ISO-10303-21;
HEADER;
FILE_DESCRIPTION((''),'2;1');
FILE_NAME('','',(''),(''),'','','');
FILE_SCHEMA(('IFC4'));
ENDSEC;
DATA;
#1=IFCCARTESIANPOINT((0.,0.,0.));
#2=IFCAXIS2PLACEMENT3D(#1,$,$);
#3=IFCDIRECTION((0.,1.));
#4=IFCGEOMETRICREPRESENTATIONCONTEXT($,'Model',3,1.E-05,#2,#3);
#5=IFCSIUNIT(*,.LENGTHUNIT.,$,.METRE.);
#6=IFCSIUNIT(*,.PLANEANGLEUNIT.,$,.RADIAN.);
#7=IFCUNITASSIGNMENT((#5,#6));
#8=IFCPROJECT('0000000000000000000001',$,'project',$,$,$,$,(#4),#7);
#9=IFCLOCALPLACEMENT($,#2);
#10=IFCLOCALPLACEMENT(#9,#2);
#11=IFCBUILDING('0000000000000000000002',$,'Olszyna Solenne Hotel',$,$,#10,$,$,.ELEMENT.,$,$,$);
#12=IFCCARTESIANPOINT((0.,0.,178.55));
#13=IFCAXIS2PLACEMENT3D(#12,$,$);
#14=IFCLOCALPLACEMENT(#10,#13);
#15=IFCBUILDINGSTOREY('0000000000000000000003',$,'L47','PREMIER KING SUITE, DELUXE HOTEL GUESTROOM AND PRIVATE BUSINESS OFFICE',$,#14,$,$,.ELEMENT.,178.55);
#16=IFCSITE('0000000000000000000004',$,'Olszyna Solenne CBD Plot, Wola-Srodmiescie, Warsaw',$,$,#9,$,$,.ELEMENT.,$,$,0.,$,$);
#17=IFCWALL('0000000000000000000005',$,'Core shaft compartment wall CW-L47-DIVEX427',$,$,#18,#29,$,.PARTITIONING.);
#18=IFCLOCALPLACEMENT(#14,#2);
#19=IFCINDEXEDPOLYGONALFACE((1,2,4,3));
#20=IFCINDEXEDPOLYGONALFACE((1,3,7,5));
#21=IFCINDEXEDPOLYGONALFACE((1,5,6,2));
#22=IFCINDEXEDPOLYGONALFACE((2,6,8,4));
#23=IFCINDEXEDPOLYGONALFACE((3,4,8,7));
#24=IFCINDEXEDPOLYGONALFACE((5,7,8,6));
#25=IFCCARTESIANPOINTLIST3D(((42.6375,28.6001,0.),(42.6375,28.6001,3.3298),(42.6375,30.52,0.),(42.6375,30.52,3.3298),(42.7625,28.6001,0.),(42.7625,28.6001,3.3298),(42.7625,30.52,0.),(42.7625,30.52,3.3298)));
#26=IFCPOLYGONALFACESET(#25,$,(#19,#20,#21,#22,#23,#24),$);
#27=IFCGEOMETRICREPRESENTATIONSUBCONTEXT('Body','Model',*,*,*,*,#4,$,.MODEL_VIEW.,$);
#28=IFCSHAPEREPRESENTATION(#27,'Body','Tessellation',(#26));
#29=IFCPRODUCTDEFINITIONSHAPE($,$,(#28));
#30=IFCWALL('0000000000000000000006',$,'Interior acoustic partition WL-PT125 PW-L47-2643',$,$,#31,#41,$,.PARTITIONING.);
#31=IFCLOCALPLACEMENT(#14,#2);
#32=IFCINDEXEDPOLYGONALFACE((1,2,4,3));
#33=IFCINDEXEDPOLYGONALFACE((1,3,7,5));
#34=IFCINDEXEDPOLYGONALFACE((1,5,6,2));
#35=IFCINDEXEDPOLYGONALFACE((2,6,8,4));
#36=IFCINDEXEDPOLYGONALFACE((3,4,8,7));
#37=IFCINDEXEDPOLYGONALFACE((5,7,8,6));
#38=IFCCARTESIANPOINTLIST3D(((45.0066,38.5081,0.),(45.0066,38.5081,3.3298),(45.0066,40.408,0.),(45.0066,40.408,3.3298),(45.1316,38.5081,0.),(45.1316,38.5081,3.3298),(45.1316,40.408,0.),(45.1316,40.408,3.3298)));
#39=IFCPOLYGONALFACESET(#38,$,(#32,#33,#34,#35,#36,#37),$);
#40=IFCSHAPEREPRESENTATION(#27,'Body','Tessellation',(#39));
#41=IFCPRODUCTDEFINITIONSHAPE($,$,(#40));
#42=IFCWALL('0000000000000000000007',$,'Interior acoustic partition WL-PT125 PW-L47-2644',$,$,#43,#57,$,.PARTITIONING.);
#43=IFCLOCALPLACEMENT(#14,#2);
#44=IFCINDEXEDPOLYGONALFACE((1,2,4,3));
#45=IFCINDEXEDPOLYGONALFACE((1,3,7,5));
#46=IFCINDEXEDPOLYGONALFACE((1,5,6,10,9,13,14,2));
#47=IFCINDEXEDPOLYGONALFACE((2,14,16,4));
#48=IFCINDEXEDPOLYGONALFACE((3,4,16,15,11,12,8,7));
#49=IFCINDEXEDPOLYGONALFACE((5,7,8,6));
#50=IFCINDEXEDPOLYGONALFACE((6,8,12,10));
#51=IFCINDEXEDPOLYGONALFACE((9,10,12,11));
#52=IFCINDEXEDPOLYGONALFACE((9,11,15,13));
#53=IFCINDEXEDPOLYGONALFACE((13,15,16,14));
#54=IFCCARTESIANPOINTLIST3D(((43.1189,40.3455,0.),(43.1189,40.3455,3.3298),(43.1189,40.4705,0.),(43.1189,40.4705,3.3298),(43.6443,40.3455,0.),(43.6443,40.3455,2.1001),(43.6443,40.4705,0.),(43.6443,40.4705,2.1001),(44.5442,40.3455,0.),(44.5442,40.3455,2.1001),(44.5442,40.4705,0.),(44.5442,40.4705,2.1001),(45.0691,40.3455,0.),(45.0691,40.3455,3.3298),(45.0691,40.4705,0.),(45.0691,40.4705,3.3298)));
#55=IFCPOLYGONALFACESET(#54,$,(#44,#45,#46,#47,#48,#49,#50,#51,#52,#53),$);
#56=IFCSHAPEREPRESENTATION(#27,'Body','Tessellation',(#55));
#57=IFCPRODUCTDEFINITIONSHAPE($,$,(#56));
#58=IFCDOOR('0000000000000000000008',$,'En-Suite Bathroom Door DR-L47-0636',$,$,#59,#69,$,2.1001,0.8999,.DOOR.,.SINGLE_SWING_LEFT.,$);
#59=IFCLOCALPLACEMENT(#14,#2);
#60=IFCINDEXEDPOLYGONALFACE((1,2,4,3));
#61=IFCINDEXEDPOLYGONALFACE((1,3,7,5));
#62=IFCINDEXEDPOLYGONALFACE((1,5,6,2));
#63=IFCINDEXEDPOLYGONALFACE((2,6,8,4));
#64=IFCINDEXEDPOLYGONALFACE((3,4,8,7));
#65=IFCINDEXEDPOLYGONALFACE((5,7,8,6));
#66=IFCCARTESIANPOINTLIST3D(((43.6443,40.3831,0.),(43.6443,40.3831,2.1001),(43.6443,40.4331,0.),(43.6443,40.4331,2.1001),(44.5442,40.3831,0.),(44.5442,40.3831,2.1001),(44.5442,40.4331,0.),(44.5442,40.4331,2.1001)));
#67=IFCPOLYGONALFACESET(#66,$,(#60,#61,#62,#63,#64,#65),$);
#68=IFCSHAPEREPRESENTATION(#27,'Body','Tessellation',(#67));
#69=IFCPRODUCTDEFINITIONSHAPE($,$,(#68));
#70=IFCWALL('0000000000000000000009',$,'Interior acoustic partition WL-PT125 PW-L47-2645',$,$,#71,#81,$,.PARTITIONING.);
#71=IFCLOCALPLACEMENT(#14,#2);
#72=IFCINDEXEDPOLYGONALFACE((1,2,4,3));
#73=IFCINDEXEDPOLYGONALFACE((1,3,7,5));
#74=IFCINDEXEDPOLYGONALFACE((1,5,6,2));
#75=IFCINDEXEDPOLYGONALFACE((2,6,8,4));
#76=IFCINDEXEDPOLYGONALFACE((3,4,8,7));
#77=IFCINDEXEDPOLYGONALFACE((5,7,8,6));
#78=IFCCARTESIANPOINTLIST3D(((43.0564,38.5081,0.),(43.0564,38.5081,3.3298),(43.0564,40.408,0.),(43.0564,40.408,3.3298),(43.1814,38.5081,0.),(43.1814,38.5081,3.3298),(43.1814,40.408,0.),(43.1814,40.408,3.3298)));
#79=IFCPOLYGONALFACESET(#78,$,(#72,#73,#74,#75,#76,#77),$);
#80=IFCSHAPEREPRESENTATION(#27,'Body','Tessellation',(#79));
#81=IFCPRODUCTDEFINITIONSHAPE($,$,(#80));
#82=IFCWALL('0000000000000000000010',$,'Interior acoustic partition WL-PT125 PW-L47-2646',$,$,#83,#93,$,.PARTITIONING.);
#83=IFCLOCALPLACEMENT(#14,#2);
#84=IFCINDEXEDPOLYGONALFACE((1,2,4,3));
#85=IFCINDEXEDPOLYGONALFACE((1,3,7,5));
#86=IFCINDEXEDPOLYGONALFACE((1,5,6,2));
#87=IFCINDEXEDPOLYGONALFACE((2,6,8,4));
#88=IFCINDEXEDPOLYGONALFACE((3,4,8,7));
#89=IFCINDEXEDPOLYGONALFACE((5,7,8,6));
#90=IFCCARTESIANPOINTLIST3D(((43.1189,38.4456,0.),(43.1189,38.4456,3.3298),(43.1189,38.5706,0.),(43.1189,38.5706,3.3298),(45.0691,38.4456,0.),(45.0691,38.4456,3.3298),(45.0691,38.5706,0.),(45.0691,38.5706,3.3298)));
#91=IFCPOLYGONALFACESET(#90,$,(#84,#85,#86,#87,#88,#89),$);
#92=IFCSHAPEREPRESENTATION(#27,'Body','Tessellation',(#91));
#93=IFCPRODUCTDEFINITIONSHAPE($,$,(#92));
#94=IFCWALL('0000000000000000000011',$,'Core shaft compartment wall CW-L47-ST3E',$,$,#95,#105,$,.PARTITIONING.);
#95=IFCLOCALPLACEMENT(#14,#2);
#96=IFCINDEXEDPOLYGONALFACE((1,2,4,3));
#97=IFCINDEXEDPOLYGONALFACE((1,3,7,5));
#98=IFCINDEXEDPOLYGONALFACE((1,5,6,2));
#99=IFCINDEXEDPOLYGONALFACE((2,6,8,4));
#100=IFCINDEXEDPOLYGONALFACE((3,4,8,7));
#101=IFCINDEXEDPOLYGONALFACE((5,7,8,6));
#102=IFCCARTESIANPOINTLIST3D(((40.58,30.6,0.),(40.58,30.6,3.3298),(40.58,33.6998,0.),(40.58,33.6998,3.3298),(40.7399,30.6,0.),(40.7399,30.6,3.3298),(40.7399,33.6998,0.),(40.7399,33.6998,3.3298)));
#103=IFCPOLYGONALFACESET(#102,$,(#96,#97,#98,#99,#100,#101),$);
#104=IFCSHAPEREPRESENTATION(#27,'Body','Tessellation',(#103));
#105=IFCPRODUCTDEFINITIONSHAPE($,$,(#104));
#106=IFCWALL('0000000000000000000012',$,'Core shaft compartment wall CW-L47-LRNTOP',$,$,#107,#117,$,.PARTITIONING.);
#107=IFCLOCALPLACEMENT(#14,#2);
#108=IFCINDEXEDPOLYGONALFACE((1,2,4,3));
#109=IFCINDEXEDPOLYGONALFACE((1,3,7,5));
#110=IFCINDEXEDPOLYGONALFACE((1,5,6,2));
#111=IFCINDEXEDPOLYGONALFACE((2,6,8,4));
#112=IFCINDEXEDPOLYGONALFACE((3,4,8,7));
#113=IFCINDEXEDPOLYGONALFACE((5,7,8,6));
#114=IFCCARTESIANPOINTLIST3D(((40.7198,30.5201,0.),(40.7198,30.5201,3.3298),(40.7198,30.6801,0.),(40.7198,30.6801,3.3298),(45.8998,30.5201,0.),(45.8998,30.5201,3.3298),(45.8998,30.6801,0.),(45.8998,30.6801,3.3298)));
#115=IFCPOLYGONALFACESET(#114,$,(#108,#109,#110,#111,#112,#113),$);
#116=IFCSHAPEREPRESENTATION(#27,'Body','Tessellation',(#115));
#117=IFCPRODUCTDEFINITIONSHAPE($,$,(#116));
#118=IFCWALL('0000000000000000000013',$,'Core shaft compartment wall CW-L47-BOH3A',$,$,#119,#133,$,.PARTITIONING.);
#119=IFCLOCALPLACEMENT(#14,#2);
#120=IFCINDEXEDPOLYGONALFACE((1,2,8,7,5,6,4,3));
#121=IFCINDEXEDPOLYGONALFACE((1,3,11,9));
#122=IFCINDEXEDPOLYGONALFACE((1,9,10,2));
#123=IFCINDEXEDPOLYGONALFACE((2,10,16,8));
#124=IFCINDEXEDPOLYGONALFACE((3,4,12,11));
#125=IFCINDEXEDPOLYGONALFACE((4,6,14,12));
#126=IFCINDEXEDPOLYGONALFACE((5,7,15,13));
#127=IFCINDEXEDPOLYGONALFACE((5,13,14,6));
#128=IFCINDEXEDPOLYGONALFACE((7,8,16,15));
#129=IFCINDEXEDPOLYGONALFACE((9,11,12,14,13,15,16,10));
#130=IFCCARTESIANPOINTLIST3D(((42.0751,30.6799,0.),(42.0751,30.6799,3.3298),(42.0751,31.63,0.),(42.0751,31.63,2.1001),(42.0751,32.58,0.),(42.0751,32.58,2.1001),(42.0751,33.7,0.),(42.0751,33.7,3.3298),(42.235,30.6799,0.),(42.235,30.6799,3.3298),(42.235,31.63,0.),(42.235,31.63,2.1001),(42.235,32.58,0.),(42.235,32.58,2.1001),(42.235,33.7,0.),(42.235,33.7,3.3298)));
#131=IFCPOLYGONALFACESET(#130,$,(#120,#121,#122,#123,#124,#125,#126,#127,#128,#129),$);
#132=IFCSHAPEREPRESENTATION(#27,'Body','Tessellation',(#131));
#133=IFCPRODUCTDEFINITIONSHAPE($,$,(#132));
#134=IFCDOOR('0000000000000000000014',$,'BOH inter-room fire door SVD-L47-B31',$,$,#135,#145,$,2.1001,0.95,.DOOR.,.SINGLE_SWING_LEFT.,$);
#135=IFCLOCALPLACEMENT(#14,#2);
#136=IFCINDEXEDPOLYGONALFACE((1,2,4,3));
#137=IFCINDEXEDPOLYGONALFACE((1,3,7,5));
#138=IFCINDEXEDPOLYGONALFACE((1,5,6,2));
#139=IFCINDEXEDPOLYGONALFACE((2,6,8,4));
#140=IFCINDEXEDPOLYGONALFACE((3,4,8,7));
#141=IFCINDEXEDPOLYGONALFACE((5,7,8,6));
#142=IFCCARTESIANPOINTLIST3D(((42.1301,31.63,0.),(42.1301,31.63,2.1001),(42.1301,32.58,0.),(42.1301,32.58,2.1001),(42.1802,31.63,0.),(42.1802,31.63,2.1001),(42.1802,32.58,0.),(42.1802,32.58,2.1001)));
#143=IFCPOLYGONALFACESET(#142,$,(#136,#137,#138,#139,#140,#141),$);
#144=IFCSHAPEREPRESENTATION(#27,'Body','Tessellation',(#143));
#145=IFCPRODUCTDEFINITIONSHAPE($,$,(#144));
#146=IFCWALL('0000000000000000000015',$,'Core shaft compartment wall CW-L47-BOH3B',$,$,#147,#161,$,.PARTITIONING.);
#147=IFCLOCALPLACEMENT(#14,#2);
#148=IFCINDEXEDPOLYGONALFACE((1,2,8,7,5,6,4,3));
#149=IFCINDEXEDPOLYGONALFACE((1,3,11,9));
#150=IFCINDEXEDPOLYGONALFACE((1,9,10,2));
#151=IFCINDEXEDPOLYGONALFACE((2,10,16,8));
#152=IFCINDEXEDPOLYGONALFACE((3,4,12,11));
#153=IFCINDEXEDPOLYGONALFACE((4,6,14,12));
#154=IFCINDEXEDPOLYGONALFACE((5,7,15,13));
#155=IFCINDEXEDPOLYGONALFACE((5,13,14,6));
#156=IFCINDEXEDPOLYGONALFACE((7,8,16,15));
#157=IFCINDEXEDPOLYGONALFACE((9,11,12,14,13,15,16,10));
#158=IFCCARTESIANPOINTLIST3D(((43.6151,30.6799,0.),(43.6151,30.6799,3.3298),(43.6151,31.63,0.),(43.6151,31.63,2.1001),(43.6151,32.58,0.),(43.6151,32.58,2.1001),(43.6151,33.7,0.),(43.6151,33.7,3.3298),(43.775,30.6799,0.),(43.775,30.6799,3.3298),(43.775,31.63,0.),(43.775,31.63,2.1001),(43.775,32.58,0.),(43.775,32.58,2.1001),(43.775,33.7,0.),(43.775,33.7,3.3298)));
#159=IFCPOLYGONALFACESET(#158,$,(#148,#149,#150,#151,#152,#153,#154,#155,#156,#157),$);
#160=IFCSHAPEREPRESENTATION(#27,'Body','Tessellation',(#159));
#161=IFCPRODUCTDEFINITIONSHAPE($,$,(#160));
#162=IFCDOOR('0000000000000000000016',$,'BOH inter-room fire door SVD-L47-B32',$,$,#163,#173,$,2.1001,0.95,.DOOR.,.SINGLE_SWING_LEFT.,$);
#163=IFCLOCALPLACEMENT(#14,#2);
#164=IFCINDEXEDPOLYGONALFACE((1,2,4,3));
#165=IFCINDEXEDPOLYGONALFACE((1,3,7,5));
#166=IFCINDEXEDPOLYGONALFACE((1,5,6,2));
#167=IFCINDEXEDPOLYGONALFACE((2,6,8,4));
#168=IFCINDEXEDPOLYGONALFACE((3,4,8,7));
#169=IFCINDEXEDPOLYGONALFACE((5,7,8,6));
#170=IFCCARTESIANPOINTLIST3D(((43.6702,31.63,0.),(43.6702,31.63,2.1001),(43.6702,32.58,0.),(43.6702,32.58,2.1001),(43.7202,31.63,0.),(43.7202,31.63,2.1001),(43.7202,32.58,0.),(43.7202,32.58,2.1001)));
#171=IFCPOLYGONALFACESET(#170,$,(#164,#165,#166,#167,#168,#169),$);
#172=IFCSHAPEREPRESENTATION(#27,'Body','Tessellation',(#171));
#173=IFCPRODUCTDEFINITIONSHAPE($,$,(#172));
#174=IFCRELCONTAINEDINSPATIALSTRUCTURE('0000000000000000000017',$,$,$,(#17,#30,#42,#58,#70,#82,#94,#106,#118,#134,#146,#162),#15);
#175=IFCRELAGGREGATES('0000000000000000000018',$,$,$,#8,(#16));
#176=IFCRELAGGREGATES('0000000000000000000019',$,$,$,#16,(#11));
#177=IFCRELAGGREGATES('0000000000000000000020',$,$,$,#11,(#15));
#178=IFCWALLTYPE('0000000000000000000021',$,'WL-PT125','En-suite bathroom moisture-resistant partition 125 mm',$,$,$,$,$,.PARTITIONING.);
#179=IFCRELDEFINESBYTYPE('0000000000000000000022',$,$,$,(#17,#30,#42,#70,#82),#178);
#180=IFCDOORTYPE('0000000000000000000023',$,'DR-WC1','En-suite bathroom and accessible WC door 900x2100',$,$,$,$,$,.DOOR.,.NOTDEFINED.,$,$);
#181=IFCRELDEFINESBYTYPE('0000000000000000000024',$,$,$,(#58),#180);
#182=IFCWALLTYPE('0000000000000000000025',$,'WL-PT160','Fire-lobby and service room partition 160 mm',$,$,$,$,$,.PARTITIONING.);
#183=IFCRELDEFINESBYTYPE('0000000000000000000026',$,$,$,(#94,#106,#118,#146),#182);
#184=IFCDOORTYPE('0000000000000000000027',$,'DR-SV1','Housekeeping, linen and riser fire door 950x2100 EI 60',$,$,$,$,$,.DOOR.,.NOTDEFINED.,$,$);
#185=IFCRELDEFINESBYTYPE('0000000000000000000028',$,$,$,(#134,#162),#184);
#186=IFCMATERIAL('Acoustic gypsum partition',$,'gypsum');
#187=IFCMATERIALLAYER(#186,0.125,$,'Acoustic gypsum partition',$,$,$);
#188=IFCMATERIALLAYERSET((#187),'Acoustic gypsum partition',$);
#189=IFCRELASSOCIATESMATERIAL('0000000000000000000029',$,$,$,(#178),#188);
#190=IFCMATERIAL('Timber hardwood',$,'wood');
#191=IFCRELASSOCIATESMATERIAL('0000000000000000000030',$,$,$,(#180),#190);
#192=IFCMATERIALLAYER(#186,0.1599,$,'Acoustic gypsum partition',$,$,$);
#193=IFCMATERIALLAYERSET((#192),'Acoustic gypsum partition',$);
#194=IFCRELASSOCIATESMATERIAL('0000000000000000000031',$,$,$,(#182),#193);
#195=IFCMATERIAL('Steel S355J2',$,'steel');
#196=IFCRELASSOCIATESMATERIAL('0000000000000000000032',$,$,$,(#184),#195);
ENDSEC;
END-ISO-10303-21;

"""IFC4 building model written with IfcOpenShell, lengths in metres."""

from ifc_helpers import new_model, si_unit, direction, frame, frame_2d, origin, place, context, subcontext, project, spatial, rectangle, extrude, source, transform, mapped, material, layer, layer_set, type_object, type_shapes, element, fill, save


model = new_model("IFC4")

# Units and contexts
model_context = context("Model", 3, precision=1e-05, world=origin(), true_north=direction((0.0, 1.0)))
body_context = subcontext(model_context, "Body", "Model", "MODEL_VIEW")
ifc_project = project(units=[si_unit("LENGTHUNIT", "METRE"), si_unit("PLANEANGLEUNIT", "RADIAN")], contexts=[model_context])

# Site, building, storey
site_placement = place(None, origin())
site = spatial("IfcSite", under=ifc_project, at=site_placement, Name="Olszyna Solenne CBD Plot, Wola-Srodmiescie, Warsaw", CompositionType="ELEMENT", RefElevation=0.0)
building_placement = place(site_placement, origin())
building = spatial("IfcBuilding", under=site, at=building_placement, Name="Olszyna Solenne Hotel", CompositionType="ELEMENT")
storey_placement = place(building_placement, frame((0.0, 0.0, 178.55)))
storey = spatial("IfcBuildingStorey", under=building, at=storey_placement, Name="L47", Description="PREMIER KING SUITE, DELUXE HOTEL GUESTROOM AND PRIVATE BUSINESS OFFICE", CompositionType="ELEMENT", Elevation=178.55)

# Shared definitions
ifc_material_1 = material(Name="Steel S355J2", Category="steel")

# Walls
ifc_material_2 = material(Name="Acoustic gypsum partition", Category="gypsum")
ifc_layer_1 = layer(ifc_material_2, 0.125, Name="Acoustic gypsum partition")
ifc_layer_set_1 = layer_set([ifc_layer_1], Name="Acoustic gypsum partition")
wall_type_1 = type_object("IfcWallType", Name="WL-PT125", Description="En-suite bathroom moisture-resistant partition 125 mm", PredefinedType="PARTITIONING", material=ifc_layer_set_1)
wall_1_placement = place(storey_placement, frame((42.7, 28.6001, 0.0), z_axis=(0.0, 0.0, 1.0), x_axis=(0.0, 1.0, 0.0)))
element("IfcWall", 1, at=wall_1_placement, inside=storey, type_object=wall_type_1, Name="Core shaft compartment wall CW-L47-DIVEX427", PredefinedType="PARTITIONING", context=body_context, shape_type="SweptSolid", body=[
    extrude(rectangle(XDim=1.9199, YDim=0.125, at=frame_2d((0.96, 0.0))), origin(), (0.0, 0.0, 1.0), 3.3298),
])
wall_2_placement = place(storey_placement, frame((45.0691, 38.5081, 0.0), z_axis=(0.0, 0.0, 1.0), x_axis=(0.0, 1.0, 0.0)))
element("IfcWall", 2, at=wall_2_placement, inside=storey, type_object=wall_type_1, Name="Interior acoustic partition WL-PT125 PW-L47-2643", PredefinedType="PARTITIONING", context=body_context, shape_type="SweptSolid", body=[
    extrude(rectangle(XDim=1.8999, YDim=0.125, at=frame_2d((0.95, 0.0))), origin(), (0.0, 0.0, 1.0), 3.3298),
])

# Wall, opening, door
wall_3_placement = place(storey_placement, frame((45.0691, 40.408, 0.0), z_axis=(0.0, 0.0, 1.0), x_axis=(-1.0, 0.0, 0.0)))
wall_3 = element("IfcWall", 3, at=wall_3_placement, inside=storey, type_object=wall_type_1, Name="Interior acoustic partition WL-PT125 PW-L47-2644", PredefinedType="PARTITIONING", context=body_context, shape_type="SweptSolid", body=[
    extrude(rectangle(XDim=1.9502, YDim=0.125, at=frame_2d((0.9751, 0.0))), origin(), (0.0, 0.0, 1.0), 3.3298),
])
opening_1_placement = place(wall_3_placement, frame((0.5249, 0.0, 0.0)))
opening_1 = element("IfcOpeningElement", 4, at=opening_1_placement, cuts=wall_3, PredefinedType="OPENING", context=body_context, shape_type="SweptSolid", body=[
    extrude(rectangle(XDim=0.8999, YDim=2.1001, at=frame_2d((0.45, 1.05))), frame((0.0, 0.0725, 0.0), z_axis=(0.0, -1.0, 0.0), x_axis=(1.0, 0.0, 0.0)), (0.0, 0.0, 1.0), 0.145),
])
ifc_material_3 = material(Name="Timber hardwood", Category="wood")
door_type_1 = type_object("IfcDoorType", Name="DR-WC1", Description="En-suite bathroom and accessible WC door 900x2100", OperationType="NOTDEFINED", PredefinedType="DOOR", material=ifc_material_3)
shared_shape_1 = source(origin(), body_context, "Body", "SweptSolid", [
    extrude(rectangle(XDim=0.8999, YDim=2.1001, at=frame_2d((0.45, 1.05))), frame((0.0, 0.0249, 0.0), z_axis=(0.0, -1.0, 0.0), x_axis=(1.0, 0.0, 0.0)), (0.0, 0.0, 1.0), 0.05),
])
type_shapes(door_type_1, [shared_shape_1])
door_1_placement = place(opening_1_placement, origin())
door_1 = element("IfcDoor", 5, at=door_1_placement, inside=storey, type_object=door_type_1, Name="En-Suite Bathroom Door DR-L47-0636", OperationType="SINGLE_SWING_LEFT", OverallHeight=2.1001, OverallWidth=0.8999, PredefinedType="DOOR", context=body_context, shape_type="MappedRepresentation", body=[
    mapped(shared_shape_1, transform((0.0, 0.0, 0.0), x_axis=(1.0, 0.0, 0.0), y_axis=(0.0, 1.0, 0.0), z_axis=(0.0, 0.0, 1.0), scale=1.0)),
])
fill(opening_1, door_1)

# Walls
wall_4_placement = place(storey_placement, frame((43.1189, 40.408, 0.0), z_axis=(0.0, 0.0, 1.0), x_axis=(0.0, -1.0, 0.0)))
element("IfcWall", 6, at=wall_4_placement, inside=storey, type_object=wall_type_1, Name="Interior acoustic partition WL-PT125 PW-L47-2645", PredefinedType="PARTITIONING", context=body_context, shape_type="SweptSolid", body=[
    extrude(rectangle(XDim=1.8999, YDim=0.125, at=frame_2d((0.95, 0.0))), origin(), (0.0, 0.0, 1.0), 3.3298),
])
wall_5_placement = place(storey_placement, frame((43.1189, 38.5081, 0.0), z_axis=(0.0, 0.0, 1.0), x_axis=(1.0, 0.0, 0.0)))
element("IfcWall", 7, at=wall_5_placement, inside=storey, type_object=wall_type_1, Name="Interior acoustic partition WL-PT125 PW-L47-2646", PredefinedType="PARTITIONING", context=body_context, shape_type="SweptSolid", body=[
    extrude(rectangle(XDim=1.9502, YDim=0.125, at=frame_2d((0.9751, 0.0))), origin(), (0.0, 0.0, 1.0), 3.3298),
])
ifc_layer_2 = layer(ifc_material_2, 0.1599, Name="Acoustic gypsum partition")
ifc_layer_set_2 = layer_set([ifc_layer_2], Name="Acoustic gypsum partition")
wall_type_2 = type_object("IfcWallType", Name="WL-PT160", Description="Fire-lobby and service room partition 160 mm", PredefinedType="PARTITIONING", material=ifc_layer_set_2)
wall_6_placement = place(storey_placement, frame((40.6599, 30.6001, 0.0), z_axis=(0.0, 0.0, 1.0), x_axis=(0.0, 1.0, 0.0)))
element("IfcWall", 8, at=wall_6_placement, inside=storey, type_object=wall_type_2, Name="Core shaft compartment wall CW-L47-ST3E", PredefinedType="PARTITIONING", context=body_context, shape_type="SweptSolid", body=[
    extrude(rectangle(XDim=3.0999, YDim=0.1599, at=frame_2d((1.5498, 0.0))), origin(), (0.0, 0.0, 1.0), 3.3298),
])
wall_7_placement = place(storey_placement, frame((40.72, 30.6001, 0.0), z_axis=(0.0, 0.0, 1.0), x_axis=(1.0, 0.0, 0.0)))
element("IfcWall", 9, at=wall_7_placement, inside=storey, type_object=wall_type_2, Name="Core shaft compartment wall CW-L47-LRNTOP", PredefinedType="PARTITIONING", context=body_context, shape_type="SweptSolid", body=[
    extrude(rectangle(XDim=5.1799, YDim=0.1599, at=frame_2d((2.5898, 0.0))), origin(), (0.0, 0.0, 1.0), 3.3298),
])

# Walls, openings, doors
wall_8_placement = place(storey_placement, frame((42.155, 30.6799, 0.0), z_axis=(0.0, 0.0, 1.0), x_axis=(0.0, 1.0, 0.0)))
wall_8 = element("IfcWall", 10, at=wall_8_placement, inside=storey, type_object=wall_type_2, Name="Core shaft compartment wall CW-L47-BOH3A", PredefinedType="PARTITIONING", context=body_context, shape_type="SweptSolid", body=[
    extrude(rectangle(XDim=3.02, YDim=0.1599, at=frame_2d((1.51, 0.0))), origin(), (0.0, 0.0, 1.0), 3.3298),
])
opening_2_placement = place(wall_8_placement, frame((0.95, 0.0, 0.0)))
opening_2 = element("IfcOpeningElement", 11, at=opening_2_placement, cuts=wall_8, PredefinedType="OPENING", context=body_context, shape_type="SweptSolid", body=[
    extrude(rectangle(XDim=0.95, YDim=2.1001, at=frame_2d((0.4751, 1.05))), frame((0.0, 0.0898, 0.0), z_axis=(0.0, -1.0, 0.0), x_axis=(1.0, 0.0, 0.0)), (0.0, 0.0, 1.0), 0.1799),
])
door_type_2 = type_object("IfcDoorType", Name="DR-SV1", Description="Housekeeping, linen and riser fire door 950x2100 EI 60", OperationType="NOTDEFINED", PredefinedType="DOOR", material=ifc_material_1)
shared_shape_2 = source(origin(), body_context, "Body", "SweptSolid", [
    extrude(rectangle(XDim=0.95, YDim=2.1001, at=frame_2d((0.4751, 1.05))), frame((0.0, 0.0249, 0.0), z_axis=(0.0, -1.0, 0.0), x_axis=(1.0, 0.0, 0.0)), (0.0, 0.0, 1.0), 0.05),
])
type_shapes(door_type_2, [shared_shape_2])
door_2_placement = place(opening_2_placement, origin())
door_2 = element("IfcDoor", 12, at=door_2_placement, inside=storey, type_object=door_type_2, Name="BOH inter-room fire door SVD-L47-B31", OperationType="SINGLE_SWING_LEFT", OverallHeight=2.1001, OverallWidth=0.95, PredefinedType="DOOR", context=body_context, shape_type="MappedRepresentation", body=[
    mapped(shared_shape_2, transform((0.0, 0.0, 0.0), x_axis=(1.0, 0.0, 0.0), y_axis=(0.0, 1.0, 0.0), z_axis=(0.0, 0.0, 1.0), scale=1.0)),
])
fill(opening_2, door_2)
wall_9_placement = place(storey_placement, frame((43.6951, 30.6799, 0.0), z_axis=(0.0, 0.0, 1.0), x_axis=(0.0, 1.0, 0.0)))
wall_9 = element("IfcWall", 13, at=wall_9_placement, inside=storey, type_object=wall_type_2, Name="Core shaft compartment wall CW-L47-BOH3B", PredefinedType="PARTITIONING", context=body_context, shape_type="SweptSolid", body=[
    extrude(rectangle(XDim=3.02, YDim=0.1599, at=frame_2d((1.51, 0.0))), origin(), (0.0, 0.0, 1.0), 3.3298),
])
opening_3_placement = place(wall_9_placement, frame((0.95, 0.0, 0.0)))
opening_3 = element("IfcOpeningElement", 14, at=opening_3_placement, cuts=wall_9, PredefinedType="OPENING", context=body_context, shape_type="SweptSolid", body=[
    extrude(rectangle(XDim=0.95, YDim=2.1001, at=frame_2d((0.4751, 1.05))), frame((0.0, 0.0898, 0.0), z_axis=(0.0, -1.0, 0.0), x_axis=(1.0, 0.0, 0.0)), (0.0, 0.0, 1.0), 0.1799),
])
door_3_placement = place(opening_3_placement, origin())
door_3 = element("IfcDoor", 15, at=door_3_placement, inside=storey, type_object=door_type_2, Name="BOH inter-room fire door SVD-L47-B32", OperationType="SINGLE_SWING_LEFT", OverallHeight=2.1001, OverallWidth=0.95, PredefinedType="DOOR", context=body_context, shape_type="MappedRepresentation", body=[
    mapped(shared_shape_2, transform((0.0, 0.0, 0.0), x_axis=(1.0, 0.0, 0.0), y_axis=(0.0, 1.0, 0.0), z_axis=(0.0, 0.0, 1.0), scale=1.0)),
])
fill(opening_3, door_3)

save(model, "model.ifc")
